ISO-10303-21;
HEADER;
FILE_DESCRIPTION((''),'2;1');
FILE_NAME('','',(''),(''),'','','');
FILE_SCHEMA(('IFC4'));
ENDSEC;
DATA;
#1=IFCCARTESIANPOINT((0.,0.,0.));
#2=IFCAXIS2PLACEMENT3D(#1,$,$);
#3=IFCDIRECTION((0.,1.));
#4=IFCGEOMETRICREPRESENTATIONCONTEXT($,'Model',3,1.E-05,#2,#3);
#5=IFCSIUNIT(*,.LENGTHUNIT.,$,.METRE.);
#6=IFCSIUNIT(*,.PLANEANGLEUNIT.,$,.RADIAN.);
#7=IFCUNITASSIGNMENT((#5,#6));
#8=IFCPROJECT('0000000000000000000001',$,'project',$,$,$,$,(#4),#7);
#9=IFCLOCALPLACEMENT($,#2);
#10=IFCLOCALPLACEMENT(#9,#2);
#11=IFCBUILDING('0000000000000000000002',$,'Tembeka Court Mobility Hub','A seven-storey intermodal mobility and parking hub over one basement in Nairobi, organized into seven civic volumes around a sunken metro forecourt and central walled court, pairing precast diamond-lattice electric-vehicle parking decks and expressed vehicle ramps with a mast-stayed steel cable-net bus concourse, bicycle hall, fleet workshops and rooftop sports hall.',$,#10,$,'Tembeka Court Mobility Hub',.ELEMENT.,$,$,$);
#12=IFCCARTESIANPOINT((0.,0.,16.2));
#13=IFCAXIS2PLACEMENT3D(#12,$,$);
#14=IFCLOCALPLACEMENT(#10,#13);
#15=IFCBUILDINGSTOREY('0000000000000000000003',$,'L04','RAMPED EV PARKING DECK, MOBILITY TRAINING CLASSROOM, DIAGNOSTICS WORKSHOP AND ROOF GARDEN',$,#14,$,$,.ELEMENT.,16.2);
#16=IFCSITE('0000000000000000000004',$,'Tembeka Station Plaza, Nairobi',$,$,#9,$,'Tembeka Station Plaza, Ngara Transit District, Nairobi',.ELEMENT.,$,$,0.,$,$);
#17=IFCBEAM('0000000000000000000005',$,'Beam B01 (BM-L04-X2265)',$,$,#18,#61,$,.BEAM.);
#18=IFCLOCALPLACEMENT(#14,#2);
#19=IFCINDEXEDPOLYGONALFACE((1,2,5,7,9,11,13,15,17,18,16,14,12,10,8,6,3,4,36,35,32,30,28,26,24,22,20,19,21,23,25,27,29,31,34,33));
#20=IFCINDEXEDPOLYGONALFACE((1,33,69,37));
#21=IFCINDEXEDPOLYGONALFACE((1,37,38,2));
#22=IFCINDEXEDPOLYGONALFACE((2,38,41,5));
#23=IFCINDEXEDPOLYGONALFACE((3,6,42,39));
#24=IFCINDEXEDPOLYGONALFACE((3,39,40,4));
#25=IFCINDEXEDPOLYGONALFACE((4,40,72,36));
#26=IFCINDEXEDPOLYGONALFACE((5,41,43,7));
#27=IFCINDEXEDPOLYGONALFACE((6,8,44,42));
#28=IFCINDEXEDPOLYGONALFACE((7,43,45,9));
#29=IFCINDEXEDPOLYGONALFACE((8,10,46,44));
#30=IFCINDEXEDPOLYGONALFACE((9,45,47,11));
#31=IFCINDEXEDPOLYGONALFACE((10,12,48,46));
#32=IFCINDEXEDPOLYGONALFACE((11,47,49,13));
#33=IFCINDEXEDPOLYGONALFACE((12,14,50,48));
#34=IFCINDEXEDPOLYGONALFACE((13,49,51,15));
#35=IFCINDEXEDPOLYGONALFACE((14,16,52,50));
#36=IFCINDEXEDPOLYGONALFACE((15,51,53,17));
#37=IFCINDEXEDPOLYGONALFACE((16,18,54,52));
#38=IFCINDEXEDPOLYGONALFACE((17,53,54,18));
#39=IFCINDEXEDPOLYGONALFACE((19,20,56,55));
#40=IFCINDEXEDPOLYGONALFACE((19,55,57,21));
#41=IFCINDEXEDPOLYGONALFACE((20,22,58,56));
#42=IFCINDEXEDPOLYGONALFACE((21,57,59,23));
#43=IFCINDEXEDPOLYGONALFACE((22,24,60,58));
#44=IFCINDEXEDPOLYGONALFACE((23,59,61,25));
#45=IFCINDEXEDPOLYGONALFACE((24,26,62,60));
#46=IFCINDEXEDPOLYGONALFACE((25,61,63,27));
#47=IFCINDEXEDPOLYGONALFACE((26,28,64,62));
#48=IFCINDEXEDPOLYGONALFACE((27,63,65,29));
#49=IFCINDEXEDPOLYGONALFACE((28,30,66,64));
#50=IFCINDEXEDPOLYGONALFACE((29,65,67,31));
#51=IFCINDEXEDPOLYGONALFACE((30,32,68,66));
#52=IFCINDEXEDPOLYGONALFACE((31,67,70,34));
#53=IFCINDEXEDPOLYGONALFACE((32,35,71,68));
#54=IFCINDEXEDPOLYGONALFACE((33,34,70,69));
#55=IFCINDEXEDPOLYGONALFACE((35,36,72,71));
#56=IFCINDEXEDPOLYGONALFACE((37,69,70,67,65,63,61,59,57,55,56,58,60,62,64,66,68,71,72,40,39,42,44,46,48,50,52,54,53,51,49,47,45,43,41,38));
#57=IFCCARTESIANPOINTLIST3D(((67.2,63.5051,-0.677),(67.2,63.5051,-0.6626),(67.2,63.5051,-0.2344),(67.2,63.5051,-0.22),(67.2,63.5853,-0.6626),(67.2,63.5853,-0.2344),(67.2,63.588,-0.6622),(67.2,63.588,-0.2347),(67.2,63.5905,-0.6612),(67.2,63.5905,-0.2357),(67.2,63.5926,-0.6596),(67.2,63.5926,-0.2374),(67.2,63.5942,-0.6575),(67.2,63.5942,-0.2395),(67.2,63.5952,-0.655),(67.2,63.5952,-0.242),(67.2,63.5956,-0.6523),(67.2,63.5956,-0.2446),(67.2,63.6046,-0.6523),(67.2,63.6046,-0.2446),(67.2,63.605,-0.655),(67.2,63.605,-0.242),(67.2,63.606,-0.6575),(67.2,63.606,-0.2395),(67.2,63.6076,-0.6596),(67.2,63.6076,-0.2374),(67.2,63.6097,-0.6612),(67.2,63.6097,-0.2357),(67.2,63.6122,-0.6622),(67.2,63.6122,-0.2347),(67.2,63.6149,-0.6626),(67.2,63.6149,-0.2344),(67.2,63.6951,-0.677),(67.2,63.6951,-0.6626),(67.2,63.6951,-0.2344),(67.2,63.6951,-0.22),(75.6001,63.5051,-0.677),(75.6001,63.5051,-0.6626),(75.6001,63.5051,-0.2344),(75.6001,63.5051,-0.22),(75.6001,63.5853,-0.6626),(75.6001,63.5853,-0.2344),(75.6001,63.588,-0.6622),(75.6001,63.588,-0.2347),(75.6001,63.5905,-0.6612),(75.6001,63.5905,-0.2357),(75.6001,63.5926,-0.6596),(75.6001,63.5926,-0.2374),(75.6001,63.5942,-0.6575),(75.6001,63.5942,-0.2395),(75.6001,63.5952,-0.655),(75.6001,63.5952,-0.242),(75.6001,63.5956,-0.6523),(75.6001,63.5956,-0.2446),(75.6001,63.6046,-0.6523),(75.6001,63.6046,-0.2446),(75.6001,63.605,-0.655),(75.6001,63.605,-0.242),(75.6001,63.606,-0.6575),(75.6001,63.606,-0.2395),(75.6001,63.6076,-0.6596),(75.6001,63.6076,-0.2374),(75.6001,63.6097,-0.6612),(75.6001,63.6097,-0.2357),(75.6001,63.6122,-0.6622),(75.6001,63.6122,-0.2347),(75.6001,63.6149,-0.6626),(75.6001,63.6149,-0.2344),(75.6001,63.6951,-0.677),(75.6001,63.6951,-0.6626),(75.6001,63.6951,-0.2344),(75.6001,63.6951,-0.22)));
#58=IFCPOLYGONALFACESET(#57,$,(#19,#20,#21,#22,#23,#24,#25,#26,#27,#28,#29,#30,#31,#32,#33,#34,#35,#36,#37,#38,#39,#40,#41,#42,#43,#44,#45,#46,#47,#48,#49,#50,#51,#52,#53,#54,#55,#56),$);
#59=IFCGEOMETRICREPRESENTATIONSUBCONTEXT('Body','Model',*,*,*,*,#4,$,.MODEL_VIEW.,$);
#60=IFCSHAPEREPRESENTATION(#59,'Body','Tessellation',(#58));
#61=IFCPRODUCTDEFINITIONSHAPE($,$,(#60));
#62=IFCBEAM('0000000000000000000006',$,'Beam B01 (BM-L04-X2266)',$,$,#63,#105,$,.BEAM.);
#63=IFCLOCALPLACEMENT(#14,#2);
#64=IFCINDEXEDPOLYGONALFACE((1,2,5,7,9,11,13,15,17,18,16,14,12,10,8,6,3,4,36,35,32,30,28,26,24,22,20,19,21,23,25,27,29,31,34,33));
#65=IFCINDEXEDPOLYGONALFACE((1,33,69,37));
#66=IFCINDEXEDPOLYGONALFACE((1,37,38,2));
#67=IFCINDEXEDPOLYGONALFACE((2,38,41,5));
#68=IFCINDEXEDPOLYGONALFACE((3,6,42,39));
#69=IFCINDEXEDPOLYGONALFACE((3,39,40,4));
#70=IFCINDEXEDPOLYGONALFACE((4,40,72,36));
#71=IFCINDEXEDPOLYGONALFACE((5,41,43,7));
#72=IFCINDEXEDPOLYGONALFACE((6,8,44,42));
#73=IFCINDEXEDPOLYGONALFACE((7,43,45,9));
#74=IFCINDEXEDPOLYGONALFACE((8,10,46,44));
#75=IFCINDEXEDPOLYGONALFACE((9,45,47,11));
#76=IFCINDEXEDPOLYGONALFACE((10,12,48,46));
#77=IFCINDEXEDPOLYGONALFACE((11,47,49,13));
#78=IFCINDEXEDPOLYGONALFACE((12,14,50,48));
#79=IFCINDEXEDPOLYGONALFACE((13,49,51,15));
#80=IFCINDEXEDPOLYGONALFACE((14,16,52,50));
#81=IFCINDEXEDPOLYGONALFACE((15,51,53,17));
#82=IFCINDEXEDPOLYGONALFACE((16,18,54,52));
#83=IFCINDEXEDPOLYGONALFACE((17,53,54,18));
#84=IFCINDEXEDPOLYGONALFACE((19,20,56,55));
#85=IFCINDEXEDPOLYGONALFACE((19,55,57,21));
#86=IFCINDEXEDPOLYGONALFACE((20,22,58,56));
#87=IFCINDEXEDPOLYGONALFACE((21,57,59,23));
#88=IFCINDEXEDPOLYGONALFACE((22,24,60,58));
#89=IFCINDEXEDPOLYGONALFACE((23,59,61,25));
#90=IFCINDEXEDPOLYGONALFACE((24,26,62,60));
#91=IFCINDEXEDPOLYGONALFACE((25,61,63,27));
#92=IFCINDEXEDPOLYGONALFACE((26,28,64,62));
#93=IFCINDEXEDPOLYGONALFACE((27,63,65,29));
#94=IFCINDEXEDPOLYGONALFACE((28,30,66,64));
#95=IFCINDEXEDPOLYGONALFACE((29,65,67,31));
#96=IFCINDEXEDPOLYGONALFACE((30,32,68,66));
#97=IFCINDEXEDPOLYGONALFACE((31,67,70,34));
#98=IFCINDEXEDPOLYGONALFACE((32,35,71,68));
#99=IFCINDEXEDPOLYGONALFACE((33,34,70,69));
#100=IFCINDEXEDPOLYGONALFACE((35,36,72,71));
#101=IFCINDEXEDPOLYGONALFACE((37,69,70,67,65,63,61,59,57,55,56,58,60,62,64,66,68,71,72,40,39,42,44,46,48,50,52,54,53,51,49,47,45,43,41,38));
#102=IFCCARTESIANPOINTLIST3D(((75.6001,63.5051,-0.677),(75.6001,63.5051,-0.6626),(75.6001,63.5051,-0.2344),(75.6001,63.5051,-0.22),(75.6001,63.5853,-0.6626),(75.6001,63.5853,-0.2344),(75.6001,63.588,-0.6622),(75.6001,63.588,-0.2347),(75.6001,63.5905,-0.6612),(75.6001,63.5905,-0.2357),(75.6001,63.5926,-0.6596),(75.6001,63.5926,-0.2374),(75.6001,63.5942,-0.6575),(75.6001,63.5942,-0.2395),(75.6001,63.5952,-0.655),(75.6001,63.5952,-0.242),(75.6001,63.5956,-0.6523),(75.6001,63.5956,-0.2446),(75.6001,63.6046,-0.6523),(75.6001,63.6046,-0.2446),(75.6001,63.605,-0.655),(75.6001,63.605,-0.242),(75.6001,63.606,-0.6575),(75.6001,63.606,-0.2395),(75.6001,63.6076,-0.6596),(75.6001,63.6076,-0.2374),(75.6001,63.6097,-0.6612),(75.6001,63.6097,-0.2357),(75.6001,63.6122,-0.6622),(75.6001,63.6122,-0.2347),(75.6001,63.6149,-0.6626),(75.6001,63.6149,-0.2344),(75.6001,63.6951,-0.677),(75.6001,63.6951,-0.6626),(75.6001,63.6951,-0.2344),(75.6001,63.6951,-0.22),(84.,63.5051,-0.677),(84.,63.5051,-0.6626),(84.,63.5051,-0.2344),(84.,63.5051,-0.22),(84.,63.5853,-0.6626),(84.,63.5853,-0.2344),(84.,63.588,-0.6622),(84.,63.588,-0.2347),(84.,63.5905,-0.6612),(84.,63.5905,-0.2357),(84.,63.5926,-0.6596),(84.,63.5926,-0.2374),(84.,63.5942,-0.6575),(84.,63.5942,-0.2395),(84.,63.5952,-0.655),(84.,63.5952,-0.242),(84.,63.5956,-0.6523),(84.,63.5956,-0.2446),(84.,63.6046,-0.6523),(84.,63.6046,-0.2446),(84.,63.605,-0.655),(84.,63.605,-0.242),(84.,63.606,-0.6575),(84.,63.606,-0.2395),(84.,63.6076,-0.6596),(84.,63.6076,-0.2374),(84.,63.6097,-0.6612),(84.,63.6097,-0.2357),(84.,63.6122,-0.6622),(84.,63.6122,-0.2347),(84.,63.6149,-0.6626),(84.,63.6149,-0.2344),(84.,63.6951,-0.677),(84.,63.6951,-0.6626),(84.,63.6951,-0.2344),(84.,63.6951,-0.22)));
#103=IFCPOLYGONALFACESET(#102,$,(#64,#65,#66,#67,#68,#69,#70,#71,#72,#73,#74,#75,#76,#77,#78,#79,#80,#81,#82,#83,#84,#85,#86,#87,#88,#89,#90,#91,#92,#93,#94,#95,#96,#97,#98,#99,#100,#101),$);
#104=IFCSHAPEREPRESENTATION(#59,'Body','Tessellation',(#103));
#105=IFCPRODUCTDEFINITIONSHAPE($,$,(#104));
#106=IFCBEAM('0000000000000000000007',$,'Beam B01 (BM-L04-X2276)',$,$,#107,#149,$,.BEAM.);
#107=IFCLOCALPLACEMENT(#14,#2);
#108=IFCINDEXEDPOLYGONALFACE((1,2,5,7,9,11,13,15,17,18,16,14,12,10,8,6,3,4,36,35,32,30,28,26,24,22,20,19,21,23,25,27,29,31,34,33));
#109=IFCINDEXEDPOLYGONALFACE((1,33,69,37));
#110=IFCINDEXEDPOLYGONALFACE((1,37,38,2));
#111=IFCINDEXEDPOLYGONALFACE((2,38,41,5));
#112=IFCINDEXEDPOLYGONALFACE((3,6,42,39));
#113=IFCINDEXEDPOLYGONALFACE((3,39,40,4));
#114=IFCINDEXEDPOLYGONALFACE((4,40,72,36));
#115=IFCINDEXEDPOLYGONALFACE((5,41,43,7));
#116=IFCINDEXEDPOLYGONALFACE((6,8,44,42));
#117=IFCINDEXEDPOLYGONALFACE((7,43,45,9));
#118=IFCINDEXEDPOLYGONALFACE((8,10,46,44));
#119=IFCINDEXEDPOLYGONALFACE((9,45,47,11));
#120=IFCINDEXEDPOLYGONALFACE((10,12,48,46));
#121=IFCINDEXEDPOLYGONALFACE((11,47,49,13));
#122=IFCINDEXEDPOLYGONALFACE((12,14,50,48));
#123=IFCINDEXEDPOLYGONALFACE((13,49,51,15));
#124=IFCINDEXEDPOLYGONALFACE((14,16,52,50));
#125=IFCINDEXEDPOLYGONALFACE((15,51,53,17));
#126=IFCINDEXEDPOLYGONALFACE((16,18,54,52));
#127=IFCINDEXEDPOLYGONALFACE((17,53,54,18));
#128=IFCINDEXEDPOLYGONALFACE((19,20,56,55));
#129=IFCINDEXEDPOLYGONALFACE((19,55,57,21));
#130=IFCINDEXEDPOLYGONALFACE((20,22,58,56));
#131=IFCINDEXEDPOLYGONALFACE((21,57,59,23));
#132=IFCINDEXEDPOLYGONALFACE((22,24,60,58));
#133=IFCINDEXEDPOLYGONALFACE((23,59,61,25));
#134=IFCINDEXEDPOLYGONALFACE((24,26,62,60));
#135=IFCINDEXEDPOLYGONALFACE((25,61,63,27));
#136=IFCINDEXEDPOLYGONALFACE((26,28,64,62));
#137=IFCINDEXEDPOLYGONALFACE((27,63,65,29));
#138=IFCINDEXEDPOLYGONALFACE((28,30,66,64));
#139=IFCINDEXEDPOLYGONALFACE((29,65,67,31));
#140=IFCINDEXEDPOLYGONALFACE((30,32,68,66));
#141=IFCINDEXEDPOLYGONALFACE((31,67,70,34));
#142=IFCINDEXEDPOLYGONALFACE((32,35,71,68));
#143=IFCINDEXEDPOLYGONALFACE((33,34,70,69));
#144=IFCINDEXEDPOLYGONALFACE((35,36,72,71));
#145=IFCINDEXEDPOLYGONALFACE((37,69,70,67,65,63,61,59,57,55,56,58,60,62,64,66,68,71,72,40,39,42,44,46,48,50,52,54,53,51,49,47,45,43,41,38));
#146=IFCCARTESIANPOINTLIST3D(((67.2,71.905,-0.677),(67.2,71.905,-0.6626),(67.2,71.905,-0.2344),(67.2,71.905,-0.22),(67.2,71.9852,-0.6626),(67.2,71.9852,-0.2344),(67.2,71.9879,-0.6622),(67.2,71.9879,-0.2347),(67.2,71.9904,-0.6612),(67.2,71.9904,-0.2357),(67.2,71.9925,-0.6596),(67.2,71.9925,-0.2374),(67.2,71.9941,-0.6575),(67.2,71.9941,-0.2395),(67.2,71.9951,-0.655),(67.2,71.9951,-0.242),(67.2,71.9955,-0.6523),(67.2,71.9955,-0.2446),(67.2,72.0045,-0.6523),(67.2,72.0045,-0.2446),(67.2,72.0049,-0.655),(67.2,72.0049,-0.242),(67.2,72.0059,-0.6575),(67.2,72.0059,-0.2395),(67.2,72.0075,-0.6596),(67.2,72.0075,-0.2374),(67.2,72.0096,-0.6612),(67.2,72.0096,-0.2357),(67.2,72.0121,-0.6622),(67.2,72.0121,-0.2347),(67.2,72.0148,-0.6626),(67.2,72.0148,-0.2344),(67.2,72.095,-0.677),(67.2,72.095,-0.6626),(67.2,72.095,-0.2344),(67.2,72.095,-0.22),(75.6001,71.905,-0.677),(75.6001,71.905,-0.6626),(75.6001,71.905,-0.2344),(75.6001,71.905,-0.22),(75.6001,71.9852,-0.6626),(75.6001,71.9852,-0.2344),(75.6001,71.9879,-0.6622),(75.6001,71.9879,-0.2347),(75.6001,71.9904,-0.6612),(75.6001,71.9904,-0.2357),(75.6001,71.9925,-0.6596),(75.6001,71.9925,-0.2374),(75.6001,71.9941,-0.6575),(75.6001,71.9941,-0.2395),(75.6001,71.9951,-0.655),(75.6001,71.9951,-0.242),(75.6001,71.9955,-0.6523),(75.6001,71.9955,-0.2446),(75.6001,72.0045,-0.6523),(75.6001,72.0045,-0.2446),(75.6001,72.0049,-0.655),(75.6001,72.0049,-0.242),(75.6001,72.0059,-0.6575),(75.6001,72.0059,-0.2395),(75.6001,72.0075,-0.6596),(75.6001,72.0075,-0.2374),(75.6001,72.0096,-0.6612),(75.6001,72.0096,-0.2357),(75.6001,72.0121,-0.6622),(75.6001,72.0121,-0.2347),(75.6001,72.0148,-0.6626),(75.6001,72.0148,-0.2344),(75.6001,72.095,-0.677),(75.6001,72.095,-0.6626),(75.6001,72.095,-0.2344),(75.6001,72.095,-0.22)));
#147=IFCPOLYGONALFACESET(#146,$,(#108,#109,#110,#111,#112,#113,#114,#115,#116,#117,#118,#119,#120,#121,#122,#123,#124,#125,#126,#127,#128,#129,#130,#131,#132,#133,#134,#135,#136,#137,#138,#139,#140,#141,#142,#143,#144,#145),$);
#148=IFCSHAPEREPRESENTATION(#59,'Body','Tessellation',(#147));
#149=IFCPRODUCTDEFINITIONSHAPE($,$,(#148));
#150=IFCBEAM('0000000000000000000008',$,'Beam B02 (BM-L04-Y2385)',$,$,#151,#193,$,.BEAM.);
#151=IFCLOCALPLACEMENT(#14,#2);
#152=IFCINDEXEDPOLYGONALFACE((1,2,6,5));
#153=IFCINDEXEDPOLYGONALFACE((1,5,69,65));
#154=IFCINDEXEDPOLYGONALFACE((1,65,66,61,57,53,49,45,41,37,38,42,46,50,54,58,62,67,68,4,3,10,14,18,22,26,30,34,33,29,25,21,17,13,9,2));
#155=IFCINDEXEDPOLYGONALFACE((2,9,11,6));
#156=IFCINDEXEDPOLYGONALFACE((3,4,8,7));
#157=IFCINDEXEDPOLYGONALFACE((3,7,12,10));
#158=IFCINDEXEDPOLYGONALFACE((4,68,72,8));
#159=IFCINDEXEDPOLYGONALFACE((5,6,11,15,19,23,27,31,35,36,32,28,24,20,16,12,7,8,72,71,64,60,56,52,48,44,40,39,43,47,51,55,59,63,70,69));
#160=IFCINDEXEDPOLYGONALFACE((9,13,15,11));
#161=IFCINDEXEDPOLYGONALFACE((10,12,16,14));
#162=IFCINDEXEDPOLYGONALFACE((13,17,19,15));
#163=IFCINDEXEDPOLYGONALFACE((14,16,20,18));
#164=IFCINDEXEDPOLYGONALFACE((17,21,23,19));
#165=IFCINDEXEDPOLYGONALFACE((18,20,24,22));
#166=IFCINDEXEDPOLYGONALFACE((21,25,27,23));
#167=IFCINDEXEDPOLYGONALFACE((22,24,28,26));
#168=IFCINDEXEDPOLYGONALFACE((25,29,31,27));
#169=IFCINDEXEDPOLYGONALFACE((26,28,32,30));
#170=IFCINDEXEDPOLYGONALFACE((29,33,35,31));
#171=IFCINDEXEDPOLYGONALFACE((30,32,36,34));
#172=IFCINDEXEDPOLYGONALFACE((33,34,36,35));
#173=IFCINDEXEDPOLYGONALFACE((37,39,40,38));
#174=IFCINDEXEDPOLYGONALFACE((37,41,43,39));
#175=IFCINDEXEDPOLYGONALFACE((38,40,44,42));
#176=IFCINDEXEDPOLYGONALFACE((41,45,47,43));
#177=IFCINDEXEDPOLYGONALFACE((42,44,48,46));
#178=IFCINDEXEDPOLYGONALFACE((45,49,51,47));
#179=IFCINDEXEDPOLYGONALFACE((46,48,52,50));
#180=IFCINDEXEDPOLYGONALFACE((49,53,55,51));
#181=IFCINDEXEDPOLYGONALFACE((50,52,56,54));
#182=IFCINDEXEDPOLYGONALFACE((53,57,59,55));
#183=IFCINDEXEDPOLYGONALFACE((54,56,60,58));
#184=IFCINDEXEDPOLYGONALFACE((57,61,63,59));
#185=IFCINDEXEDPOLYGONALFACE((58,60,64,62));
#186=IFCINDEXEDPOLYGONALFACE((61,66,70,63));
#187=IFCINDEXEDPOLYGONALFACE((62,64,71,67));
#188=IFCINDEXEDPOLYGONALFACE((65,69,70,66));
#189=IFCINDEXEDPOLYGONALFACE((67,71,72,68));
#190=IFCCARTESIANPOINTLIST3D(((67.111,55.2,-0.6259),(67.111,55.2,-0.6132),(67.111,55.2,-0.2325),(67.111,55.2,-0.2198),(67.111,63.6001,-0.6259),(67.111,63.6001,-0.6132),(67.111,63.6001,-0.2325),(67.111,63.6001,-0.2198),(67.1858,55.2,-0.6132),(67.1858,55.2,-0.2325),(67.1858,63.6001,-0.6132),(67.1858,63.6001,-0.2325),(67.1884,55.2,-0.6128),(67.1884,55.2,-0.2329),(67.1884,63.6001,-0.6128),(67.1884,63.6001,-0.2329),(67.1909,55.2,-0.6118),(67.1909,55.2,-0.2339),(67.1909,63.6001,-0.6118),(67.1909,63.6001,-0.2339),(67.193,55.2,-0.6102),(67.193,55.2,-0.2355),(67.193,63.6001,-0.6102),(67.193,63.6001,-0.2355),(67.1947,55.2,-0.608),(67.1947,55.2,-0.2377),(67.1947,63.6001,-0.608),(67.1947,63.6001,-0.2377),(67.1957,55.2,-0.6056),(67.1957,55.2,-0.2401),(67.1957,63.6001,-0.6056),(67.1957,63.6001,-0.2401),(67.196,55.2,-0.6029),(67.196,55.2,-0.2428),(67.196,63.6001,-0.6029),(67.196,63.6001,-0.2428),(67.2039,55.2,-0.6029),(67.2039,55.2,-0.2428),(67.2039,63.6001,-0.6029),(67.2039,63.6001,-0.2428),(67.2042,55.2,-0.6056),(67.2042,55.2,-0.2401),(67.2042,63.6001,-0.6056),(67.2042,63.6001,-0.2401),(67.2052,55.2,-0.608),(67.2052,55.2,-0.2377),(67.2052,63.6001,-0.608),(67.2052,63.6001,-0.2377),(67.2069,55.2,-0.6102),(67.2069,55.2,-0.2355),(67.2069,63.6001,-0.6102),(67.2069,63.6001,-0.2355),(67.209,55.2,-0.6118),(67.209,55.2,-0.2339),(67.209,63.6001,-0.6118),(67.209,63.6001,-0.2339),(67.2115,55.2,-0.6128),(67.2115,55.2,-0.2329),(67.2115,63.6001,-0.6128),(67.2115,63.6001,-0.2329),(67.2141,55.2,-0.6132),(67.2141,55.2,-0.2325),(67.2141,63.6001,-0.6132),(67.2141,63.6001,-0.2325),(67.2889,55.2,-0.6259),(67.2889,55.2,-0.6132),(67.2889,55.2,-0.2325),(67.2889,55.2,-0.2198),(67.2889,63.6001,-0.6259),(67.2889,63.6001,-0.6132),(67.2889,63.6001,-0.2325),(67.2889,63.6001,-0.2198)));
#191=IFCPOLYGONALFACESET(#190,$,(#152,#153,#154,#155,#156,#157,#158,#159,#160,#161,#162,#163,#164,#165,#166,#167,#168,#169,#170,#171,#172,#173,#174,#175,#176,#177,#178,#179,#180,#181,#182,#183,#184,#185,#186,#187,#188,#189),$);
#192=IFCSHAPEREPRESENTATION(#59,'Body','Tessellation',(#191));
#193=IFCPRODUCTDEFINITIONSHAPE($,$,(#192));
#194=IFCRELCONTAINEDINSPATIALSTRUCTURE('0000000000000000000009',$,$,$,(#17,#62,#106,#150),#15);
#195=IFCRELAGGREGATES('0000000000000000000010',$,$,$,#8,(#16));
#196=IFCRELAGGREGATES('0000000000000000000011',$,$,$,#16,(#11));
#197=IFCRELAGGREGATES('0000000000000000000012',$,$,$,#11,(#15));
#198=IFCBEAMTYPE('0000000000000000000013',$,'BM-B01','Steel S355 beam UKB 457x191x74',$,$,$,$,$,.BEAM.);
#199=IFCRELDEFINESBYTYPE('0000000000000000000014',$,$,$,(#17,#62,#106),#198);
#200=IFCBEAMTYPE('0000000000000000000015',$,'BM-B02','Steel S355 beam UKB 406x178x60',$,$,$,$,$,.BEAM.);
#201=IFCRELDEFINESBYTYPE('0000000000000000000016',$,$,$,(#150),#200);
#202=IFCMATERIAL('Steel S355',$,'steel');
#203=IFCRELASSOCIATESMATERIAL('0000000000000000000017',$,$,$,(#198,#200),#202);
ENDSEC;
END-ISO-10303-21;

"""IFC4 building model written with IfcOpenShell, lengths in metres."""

from ifc_helpers import new_model, si_unit, direction, frame, origin, origin_2d, place, context, subcontext, project, spatial, i_section, extrude, material, material_profile, profile_set, type_object, element, save


model = new_model("IFC4")

# Units and contexts
model_context = context("Model", 3, precision=1e-05, world=origin(), true_north=direction((0.0, 1.0)))
body_context = subcontext(model_context, "Body", "Model", "MODEL_VIEW")
ifc_project = project(units=[si_unit("LENGTHUNIT", "METRE"), si_unit("PLANEANGLEUNIT", "RADIAN")], contexts=[model_context])

# Site, building, storey
site_placement = place(None, origin())
site = spatial("IfcSite", under=ifc_project, at=site_placement, Name="Tembeka Station Plaza, Nairobi", LongName="Tembeka Station Plaza, Ngara Transit District, Nairobi", CompositionType="ELEMENT", RefElevation=0.0)
building_placement = place(site_placement, origin())
building = spatial("IfcBuilding", under=site, at=building_placement, Name="Tembeka Court Mobility Hub", Description="A seven-storey intermodal mobility and parking hub over one basement in Nairobi, organized into seven civic volumes around a sunken metro forecourt and central walled court, pairing precast diamond-lattice electric-vehicle parking decks and expressed vehicle ramps with a mast-stayed steel cable-net bus concourse, bicycle hall, fleet workshops and rooftop sports hall.", LongName="Tembeka Court Mobility Hub", CompositionType="ELEMENT")
storey_placement = place(building_placement, frame((0.0, 0.0, 16.2)))
storey = spatial("IfcBuildingStorey", under=building, at=storey_placement, Name="L04", Description="RAMPED EV PARKING DECK, MOBILITY TRAINING CLASSROOM, DIAGNOSTICS WORKSHOP AND ROOF GARDEN", CompositionType="ELEMENT", Elevation=16.2)

# Shared definitions
ifc_material_1 = material(Name="Steel S355", Category="steel")

# Beams
ifc_material_profile_1 = material_profile(ifc_material_1, i_section(OverallWidth=0.1899, OverallDepth=0.457, WebThickness=0.009, FlangeThickness=0.0144, FilletRadius=0.0103, at=origin_2d()), Name="UKB 457x191x74")
ifc_profile_set_1 = profile_set([ifc_material_profile_1], Name="Steel S355")
beam_type_1 = type_object("IfcBeamType", Name="BM-B01", Description="Steel S355 beam UKB 457x191x74", PredefinedType="BEAM", material=ifc_profile_set_1)
beam_1_placement = place(storey_placement, frame((67.2, 63.6001, -0.4485), z_axis=(1.0, 0.0, 0.0), x_axis=(0.0, 1.0, 0.0)))
element("IfcBeam", 1, at=beam_1_placement, inside=storey, type_object=beam_type_1, Name="Beam B01 (BM-L04-X2265)", PredefinedType="BEAM", context=body_context, shape_type="SweptSolid", body=[
    extrude(i_section(OverallWidth=0.1899, OverallDepth=0.457, WebThickness=0.009, FlangeThickness=0.0144, FilletRadius=0.0103, at=origin_2d()), origin(), (0.0, 0.0, 1.0), 8.4001),
])
beam_2_placement = place(storey_placement, frame((75.6001, 63.6001, -0.4485), z_axis=(1.0, 0.0, 0.0), x_axis=(0.0, 1.0, 0.0)))
element("IfcBeam", 2, at=beam_2_placement, inside=storey, type_object=beam_type_1, Name="Beam B01 (BM-L04-X2266)", PredefinedType="BEAM", context=body_context, shape_type="SweptSolid", body=[
    extrude(i_section(OverallWidth=0.1899, OverallDepth=0.457, WebThickness=0.009, FlangeThickness=0.0144, FilletRadius=0.0103, at=origin_2d()), origin(), (0.0, 0.0, 1.0), 8.3999),
])
beam_3_placement = place(storey_placement, frame((67.2, 72.0, -0.4485), z_axis=(1.0, 0.0, 0.0), x_axis=(0.0, 1.0, 0.0)))
element("IfcBeam", 3, at=beam_3_placement, inside=storey, type_object=beam_type_1, Name="Beam B01 (BM-L04-X2276)", PredefinedType="BEAM", context=body_context, shape_type="SweptSolid", body=[
    extrude(i_section(OverallWidth=0.1899, OverallDepth=0.457, WebThickness=0.009, FlangeThickness=0.0144, FilletRadius=0.0103, at=origin_2d()), origin(), (0.0, 0.0, 1.0), 8.4001),
])
ifc_material_profile_2 = material_profile(ifc_material_1, i_section(OverallWidth=0.178, OverallDepth=0.406, WebThickness=0.0078, FlangeThickness=0.0127, FilletRadius=0.0103, at=origin_2d()), Name="UKB 406x178x60")
ifc_profile_set_2 = profile_set([ifc_material_profile_2], Name="Steel S355")
beam_type_2 = type_object("IfcBeamType", Name="BM-B02", Description="Steel S355 beam UKB 406x178x60", PredefinedType="BEAM", material=ifc_profile_set_2)
beam_4_placement = place(storey_placement, frame((67.2, 55.2, -0.4229), z_axis=(0.0, 1.0, 0.0), x_axis=(-1.0, 0.0, 0.0)))
element("IfcBeam", 4, at=beam_4_placement, inside=storey, type_object=beam_type_2, Name="Beam B02 (BM-L04-Y2385)", PredefinedType="BEAM", context=body_context, shape_type="SweptSolid", body=[
    extrude(i_section(OverallWidth=0.178, OverallDepth=0.406, WebThickness=0.0078, FlangeThickness=0.0127, FilletRadius=0.0103, at=origin_2d()), origin(), (0.0, 0.0, 1.0), 8.4001),
])

save(model, "model.ifc")
